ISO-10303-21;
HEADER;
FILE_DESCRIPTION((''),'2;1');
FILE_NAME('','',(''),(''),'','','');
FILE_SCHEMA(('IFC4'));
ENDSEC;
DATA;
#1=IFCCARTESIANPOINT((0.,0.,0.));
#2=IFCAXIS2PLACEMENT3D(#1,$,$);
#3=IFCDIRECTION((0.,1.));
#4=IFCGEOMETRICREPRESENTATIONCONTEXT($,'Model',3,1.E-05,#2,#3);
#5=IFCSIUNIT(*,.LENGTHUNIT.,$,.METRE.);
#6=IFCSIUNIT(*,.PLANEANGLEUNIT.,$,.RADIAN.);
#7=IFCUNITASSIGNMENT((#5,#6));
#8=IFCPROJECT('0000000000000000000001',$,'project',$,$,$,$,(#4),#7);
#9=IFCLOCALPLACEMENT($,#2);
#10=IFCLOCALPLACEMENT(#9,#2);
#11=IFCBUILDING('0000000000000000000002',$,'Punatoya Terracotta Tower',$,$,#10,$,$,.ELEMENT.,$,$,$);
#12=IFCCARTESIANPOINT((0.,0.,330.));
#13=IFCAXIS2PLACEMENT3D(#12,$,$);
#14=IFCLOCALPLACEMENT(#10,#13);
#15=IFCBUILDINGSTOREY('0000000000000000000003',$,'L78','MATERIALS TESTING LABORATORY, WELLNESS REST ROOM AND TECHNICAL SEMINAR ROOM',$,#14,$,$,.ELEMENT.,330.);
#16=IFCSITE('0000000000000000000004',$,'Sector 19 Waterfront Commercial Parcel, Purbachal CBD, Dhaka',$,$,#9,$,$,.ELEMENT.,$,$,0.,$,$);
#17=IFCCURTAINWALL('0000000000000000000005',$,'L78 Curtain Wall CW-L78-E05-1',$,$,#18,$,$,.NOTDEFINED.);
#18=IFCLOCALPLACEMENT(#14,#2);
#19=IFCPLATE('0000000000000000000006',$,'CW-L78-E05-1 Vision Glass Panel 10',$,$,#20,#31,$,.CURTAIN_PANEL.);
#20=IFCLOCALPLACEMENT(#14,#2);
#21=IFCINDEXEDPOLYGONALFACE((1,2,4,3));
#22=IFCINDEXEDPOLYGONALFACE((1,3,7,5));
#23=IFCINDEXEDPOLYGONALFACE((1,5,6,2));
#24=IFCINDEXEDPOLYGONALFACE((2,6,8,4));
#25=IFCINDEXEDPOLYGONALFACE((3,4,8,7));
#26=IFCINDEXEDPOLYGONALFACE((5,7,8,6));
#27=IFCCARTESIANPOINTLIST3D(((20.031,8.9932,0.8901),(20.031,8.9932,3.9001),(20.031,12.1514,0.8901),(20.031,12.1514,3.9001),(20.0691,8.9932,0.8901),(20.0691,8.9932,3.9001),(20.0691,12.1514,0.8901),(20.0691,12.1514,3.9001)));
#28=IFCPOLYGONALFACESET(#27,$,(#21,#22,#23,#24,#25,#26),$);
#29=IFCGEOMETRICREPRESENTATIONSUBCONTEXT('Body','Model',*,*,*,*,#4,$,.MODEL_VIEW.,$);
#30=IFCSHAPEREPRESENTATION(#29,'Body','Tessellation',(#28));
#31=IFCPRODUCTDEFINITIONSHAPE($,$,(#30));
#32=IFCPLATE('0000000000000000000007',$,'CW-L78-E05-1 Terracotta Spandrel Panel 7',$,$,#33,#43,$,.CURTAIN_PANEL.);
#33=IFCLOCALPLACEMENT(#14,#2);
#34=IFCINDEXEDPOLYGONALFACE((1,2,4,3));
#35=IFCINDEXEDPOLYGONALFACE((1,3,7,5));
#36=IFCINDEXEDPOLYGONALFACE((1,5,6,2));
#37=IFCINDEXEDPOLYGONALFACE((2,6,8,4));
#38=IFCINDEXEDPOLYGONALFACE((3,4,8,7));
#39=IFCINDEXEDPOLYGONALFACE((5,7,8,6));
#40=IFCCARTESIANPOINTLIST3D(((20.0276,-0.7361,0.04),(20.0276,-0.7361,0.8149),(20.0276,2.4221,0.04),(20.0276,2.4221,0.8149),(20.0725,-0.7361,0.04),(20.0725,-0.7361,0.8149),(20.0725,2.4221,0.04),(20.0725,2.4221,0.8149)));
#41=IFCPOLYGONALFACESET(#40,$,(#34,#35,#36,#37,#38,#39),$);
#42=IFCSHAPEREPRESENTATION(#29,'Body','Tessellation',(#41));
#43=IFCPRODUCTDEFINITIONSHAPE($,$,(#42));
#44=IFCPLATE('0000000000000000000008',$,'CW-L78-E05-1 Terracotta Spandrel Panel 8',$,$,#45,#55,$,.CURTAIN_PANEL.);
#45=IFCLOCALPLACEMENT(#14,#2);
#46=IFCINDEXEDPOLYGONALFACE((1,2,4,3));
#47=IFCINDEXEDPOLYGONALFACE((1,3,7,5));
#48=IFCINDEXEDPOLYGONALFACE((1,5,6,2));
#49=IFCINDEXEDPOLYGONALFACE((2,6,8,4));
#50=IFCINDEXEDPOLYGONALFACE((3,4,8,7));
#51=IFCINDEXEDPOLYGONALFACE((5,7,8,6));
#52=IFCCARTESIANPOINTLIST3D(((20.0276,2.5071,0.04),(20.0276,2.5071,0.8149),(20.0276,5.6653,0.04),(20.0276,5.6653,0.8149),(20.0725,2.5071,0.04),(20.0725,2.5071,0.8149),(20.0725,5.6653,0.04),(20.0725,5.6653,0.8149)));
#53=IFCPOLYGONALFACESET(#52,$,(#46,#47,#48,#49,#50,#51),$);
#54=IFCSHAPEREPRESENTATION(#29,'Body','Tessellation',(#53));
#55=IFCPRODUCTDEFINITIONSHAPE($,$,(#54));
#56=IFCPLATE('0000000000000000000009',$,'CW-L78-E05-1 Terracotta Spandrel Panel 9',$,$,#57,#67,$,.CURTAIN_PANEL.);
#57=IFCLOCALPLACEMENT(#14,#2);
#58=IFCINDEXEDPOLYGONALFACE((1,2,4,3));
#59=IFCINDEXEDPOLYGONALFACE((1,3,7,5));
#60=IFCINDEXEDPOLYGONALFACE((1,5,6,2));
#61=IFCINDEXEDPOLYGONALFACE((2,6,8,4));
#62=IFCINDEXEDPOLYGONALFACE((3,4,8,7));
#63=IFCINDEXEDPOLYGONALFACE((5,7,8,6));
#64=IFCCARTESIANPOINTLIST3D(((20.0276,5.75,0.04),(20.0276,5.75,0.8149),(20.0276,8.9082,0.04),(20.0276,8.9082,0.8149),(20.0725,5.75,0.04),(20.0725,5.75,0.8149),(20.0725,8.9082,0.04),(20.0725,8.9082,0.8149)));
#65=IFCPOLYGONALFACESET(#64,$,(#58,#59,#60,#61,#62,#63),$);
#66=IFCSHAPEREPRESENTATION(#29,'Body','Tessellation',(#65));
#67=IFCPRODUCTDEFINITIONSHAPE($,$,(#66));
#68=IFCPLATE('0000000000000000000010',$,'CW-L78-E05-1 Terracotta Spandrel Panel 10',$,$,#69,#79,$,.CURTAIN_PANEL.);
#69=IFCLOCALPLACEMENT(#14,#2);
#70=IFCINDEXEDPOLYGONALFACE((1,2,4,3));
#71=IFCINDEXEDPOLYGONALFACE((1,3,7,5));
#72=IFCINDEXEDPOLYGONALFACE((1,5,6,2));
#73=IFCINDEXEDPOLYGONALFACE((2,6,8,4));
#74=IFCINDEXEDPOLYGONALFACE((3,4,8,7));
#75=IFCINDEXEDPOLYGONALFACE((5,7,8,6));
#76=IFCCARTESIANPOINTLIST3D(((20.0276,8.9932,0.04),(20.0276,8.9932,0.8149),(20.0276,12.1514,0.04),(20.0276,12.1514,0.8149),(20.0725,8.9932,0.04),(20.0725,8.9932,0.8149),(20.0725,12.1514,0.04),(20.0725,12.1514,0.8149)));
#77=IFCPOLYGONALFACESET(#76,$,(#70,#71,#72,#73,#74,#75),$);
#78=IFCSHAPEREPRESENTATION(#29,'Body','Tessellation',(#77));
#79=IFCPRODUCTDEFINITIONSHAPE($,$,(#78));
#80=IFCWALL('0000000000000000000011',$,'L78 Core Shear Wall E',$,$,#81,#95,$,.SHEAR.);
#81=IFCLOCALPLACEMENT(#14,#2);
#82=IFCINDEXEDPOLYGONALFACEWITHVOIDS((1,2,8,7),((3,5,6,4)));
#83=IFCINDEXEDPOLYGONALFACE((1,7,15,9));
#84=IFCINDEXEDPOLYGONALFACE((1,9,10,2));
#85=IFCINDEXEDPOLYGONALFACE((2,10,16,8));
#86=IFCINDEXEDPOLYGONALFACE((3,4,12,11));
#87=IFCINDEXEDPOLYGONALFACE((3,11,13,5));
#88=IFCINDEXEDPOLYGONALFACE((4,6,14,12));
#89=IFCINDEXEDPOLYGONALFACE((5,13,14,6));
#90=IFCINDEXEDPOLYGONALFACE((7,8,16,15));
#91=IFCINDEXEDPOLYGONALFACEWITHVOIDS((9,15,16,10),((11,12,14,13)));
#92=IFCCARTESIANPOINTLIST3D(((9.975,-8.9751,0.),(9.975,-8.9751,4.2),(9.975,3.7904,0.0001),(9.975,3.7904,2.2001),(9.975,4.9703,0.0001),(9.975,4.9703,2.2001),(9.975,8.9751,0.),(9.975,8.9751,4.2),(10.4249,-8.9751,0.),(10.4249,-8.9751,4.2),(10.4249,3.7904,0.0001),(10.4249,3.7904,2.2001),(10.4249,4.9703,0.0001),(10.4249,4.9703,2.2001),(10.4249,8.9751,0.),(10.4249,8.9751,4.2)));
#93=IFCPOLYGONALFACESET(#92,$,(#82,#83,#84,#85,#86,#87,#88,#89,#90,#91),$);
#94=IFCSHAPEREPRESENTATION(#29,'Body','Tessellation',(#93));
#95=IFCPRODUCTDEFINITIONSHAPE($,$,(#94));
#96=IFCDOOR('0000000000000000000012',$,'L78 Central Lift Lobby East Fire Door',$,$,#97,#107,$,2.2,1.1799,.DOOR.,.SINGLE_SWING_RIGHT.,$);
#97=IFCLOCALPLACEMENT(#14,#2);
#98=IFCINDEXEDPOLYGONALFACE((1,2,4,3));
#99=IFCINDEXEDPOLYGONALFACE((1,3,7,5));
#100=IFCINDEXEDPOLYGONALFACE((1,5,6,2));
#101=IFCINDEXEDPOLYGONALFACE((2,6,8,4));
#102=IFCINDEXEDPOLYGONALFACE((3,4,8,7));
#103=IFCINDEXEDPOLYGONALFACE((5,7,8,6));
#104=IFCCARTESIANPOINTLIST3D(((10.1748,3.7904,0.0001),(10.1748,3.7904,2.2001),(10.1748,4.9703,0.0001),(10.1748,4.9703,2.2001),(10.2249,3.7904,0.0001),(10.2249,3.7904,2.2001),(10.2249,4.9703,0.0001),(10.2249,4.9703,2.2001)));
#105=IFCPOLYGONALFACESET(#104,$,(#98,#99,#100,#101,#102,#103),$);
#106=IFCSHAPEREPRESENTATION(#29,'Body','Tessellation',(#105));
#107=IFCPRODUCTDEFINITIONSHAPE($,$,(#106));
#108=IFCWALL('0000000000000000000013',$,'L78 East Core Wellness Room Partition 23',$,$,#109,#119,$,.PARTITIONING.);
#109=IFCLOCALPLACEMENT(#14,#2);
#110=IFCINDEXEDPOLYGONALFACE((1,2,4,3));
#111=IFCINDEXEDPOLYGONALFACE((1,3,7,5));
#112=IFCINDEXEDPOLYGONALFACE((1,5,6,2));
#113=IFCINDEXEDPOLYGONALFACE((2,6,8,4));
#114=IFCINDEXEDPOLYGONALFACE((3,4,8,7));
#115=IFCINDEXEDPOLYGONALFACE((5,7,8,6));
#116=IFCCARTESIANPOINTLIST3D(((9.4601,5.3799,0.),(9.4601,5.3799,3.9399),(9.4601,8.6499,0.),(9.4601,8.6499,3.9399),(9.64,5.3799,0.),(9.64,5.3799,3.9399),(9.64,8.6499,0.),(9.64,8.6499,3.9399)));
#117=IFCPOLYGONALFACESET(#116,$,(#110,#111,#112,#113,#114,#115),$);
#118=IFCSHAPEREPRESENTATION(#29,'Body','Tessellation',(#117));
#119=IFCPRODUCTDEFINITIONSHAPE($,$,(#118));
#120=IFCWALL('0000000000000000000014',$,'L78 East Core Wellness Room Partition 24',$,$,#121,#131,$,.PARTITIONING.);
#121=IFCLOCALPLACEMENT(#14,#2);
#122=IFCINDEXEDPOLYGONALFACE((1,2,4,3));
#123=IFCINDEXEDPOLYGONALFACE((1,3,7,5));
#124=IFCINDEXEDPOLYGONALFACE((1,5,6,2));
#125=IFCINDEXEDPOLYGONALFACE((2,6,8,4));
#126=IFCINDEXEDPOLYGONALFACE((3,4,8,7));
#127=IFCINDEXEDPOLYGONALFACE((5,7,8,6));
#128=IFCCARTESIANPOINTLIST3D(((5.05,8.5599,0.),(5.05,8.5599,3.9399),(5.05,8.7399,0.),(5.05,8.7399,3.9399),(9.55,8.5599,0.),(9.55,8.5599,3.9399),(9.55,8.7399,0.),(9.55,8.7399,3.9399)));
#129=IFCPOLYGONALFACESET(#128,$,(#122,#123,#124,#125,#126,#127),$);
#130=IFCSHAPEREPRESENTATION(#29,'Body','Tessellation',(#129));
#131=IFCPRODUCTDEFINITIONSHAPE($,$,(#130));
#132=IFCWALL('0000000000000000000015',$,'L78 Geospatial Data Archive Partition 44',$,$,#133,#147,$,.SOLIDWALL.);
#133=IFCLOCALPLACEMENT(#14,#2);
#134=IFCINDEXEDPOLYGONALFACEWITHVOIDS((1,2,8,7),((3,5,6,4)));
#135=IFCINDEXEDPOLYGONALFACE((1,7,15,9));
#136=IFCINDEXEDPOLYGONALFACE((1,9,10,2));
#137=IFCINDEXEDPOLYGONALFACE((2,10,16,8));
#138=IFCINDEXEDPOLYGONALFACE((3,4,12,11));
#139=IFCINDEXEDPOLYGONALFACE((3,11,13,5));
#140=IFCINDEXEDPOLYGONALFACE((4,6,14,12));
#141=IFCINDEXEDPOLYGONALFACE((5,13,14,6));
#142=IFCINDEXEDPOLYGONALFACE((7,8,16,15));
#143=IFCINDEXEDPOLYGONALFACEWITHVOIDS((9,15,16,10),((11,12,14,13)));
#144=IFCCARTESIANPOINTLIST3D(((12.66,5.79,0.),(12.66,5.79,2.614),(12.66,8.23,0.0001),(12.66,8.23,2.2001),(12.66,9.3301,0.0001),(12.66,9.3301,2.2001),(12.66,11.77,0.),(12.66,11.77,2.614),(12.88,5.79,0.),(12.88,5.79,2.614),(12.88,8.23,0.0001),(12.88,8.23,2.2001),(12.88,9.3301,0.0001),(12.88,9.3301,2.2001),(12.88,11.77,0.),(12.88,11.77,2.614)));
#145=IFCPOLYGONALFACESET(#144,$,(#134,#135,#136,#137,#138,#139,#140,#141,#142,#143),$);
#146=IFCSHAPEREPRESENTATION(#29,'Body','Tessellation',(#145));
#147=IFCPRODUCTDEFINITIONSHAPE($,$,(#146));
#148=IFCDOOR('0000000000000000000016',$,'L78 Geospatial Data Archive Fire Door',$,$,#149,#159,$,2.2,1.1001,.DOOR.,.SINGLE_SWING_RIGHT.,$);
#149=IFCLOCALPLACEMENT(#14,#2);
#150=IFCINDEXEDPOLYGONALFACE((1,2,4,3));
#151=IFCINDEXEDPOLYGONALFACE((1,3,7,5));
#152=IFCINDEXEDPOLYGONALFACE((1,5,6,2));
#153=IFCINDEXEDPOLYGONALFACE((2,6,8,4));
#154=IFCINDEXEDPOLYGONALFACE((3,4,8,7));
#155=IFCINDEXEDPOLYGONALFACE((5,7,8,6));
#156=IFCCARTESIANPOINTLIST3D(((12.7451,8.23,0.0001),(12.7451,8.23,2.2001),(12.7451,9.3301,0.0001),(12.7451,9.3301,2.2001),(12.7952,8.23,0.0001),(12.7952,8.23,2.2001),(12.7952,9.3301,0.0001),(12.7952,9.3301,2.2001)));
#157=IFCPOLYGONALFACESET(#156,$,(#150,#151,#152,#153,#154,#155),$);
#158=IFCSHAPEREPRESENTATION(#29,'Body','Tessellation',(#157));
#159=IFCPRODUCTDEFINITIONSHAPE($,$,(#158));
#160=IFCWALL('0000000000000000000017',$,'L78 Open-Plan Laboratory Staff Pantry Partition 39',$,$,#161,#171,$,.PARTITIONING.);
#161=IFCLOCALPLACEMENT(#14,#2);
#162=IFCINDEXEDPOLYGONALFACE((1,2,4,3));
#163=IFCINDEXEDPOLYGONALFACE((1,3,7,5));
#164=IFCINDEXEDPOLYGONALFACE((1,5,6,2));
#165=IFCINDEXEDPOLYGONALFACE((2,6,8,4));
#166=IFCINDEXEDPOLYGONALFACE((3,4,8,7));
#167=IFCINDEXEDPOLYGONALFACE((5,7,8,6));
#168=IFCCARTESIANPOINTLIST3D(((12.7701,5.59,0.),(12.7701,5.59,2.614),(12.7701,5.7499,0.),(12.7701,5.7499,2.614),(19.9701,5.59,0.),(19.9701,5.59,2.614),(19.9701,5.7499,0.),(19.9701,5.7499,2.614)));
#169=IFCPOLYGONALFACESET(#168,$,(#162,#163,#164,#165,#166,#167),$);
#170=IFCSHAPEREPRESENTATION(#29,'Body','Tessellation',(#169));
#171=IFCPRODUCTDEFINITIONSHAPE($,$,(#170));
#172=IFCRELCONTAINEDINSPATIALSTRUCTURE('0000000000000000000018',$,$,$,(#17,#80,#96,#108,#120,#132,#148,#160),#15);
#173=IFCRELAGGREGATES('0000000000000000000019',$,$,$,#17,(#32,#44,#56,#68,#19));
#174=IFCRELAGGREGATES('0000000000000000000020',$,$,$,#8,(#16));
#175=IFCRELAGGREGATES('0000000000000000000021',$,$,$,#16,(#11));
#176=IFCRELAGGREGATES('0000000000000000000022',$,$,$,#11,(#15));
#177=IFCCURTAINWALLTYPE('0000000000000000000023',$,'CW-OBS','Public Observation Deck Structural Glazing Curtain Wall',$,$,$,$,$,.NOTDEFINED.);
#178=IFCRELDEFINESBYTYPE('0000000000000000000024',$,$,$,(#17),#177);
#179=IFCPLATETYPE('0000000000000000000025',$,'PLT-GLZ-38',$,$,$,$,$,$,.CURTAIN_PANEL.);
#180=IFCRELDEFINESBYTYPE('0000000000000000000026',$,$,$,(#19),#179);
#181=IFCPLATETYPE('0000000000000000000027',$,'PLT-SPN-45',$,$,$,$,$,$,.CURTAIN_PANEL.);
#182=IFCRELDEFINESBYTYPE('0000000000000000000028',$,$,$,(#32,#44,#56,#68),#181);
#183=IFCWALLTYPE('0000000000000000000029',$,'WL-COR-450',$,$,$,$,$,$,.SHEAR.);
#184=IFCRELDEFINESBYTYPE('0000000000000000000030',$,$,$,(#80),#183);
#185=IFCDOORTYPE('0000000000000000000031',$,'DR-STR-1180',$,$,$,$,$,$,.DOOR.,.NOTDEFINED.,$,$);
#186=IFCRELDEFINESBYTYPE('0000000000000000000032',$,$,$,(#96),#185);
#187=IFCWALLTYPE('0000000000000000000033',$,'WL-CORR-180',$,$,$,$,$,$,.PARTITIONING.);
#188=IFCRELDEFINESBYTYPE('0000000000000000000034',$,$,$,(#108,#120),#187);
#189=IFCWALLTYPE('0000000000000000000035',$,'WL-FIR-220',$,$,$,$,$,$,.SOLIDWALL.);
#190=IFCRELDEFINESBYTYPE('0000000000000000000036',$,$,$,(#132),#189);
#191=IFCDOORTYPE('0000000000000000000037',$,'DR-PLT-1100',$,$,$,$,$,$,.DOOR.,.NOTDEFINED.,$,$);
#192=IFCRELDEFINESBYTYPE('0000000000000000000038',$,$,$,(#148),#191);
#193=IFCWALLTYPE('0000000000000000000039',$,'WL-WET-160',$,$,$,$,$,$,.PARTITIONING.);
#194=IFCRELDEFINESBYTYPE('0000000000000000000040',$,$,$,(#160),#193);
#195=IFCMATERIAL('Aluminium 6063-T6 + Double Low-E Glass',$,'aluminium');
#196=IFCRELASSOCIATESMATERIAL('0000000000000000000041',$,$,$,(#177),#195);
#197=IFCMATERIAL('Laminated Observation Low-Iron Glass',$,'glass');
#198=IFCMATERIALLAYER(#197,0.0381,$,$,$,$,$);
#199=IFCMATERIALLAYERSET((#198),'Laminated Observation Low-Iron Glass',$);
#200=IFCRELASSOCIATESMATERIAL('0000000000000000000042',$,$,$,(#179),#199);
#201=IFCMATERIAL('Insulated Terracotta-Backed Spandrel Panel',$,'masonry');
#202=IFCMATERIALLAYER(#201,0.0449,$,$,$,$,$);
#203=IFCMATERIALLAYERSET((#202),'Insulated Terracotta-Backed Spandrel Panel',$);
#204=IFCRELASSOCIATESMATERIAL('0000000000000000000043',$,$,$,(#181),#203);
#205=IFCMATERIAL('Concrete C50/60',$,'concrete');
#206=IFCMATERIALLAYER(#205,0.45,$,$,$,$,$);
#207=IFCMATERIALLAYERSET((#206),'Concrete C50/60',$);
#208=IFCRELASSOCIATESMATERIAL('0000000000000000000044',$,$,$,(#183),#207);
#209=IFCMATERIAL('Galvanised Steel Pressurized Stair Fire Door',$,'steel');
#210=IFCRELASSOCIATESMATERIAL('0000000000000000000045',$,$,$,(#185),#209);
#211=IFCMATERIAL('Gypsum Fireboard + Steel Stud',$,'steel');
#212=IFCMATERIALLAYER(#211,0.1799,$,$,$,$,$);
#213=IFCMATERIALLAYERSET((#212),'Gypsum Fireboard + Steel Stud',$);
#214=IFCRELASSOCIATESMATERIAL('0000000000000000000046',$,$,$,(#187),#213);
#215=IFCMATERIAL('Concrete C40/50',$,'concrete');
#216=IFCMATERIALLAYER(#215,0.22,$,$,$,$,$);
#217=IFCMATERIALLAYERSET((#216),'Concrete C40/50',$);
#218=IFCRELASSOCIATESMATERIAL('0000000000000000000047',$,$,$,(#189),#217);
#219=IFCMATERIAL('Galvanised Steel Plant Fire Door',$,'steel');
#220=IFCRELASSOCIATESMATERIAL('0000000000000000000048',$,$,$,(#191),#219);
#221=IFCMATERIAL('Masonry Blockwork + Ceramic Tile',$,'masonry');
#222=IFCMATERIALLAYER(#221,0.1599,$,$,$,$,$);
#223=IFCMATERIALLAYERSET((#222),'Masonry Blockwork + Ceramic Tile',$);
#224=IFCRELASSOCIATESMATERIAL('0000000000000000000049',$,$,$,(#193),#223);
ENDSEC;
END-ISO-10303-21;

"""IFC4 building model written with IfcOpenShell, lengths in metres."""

from ifc_helpers import new_model, si_unit, direction, frame, frame_2d, origin, origin_2d, place, context, subcontext, project, spatial, rectangle, extrude, material, layer, layer_set, type_object, element, fill, aggregate, save


model = new_model("IFC4")

# Units and contexts
model_context = context("Model", 3, precision=1e-05, world=origin(), true_north=direction((0.0, 1.0)))
body_context = subcontext(model_context, "Body", "Model", "MODEL_VIEW")
ifc_project = project(units=[si_unit("LENGTHUNIT", "METRE"), si_unit("PLANEANGLEUNIT", "RADIAN")], contexts=[model_context])

# Site, building, storey
site_placement = place(None, origin())
site = spatial("IfcSite", under=ifc_project, at=site_placement, Name="Sector 19 Waterfront Commercial Parcel, Purbachal CBD, Dhaka", CompositionType="ELEMENT", RefElevation=0.0)
building_placement = place(site_placement, origin())
building = spatial("IfcBuilding", under=site, at=building_placement, Name="Punatoya Terracotta Tower", CompositionType="ELEMENT")
storey_placement = place(building_placement, frame((0.0, 0.0, 330.0)))
storey = spatial("IfcBuildingStorey", under=building, at=storey_placement, Name="L78", Description="MATERIALS TESTING LABORATORY, WELLNESS REST ROOM AND TECHNICAL SEMINAR ROOM", CompositionType="ELEMENT", Elevation=330.0)

# Curtain wall, plates
ifc_material_1 = material(Name="Aluminium 6063-T6 + Double Low-E Glass", Category="aluminium")
curtain_wall_type = type_object("IfcCurtainWallType", Name="CW-OBS", Description="Public Observation Deck Structural Glazing Curtain Wall", PredefinedType="NOTDEFINED", material=ifc_material_1)
curtain_wall_placement = place(storey_placement, origin())
curtain_wall = element("IfcCurtainWall", 1, at=curtain_wall_placement, inside=storey, type_object=curtain_wall_type, Name="L78 Curtain Wall CW-L78-E05-1", PredefinedType="NOTDEFINED")
ifc_material_2 = material(Name="Laminated Observation Low-Iron Glass", Category="glass")
ifc_layer_1 = layer(ifc_material_2, 0.0381)
ifc_layer_set_1 = layer_set([ifc_layer_1], Name="Laminated Observation Low-Iron Glass")
plate_type_1 = type_object("IfcPlateType", Name="PLT-GLZ-38", PredefinedType="CURTAIN_PANEL", material=ifc_layer_set_1)
plate_1_placement = place(storey_placement, frame((20.05, 10.5723, 0.8901), z_axis=(0.0, 0.0, 1.0), x_axis=(0.0, 1.0, 0.0)))
plate_1 = element("IfcPlate", 2, at=plate_1_placement, type_object=plate_type_1, Name="CW-L78-E05-1 Vision Glass Panel 10", PredefinedType="CURTAIN_PANEL", context=body_context, shape_type="SweptSolid", body=[
    extrude(rectangle(XDim=3.1582, YDim=0.0381, at=origin_2d()), origin(), (0.0, 0.0, 1.0), 3.01),
])
ifc_material_3 = material(Name="Insulated Terracotta-Backed Spandrel Panel", Category="masonry")
ifc_layer_2 = layer(ifc_material_3, 0.0449)
ifc_layer_set_2 = layer_set([ifc_layer_2], Name="Insulated Terracotta-Backed Spandrel Panel")
plate_type_2 = type_object("IfcPlateType", Name="PLT-SPN-45", PredefinedType="CURTAIN_PANEL", material=ifc_layer_set_2)
plate_2_placement = place(storey_placement, frame((20.05, 0.843, 0.04), z_axis=(0.0, 0.0, 1.0), x_axis=(0.0, 1.0, 0.0)))
plate_2 = element("IfcPlate", 3, at=plate_2_placement, type_object=plate_type_2, Name="CW-L78-E05-1 Terracotta Spandrel Panel 7", PredefinedType="CURTAIN_PANEL", context=body_context, shape_type="SweptSolid", body=[
    extrude(rectangle(XDim=3.1582, YDim=0.0449, at=origin_2d()), origin(), (0.0, 0.0, 1.0), 0.7749),
])
plate_3_placement = place(storey_placement, frame((20.05, 4.0862, 0.04), z_axis=(0.0, 0.0, 1.0), x_axis=(0.0, 1.0, 0.0)))
plate_3 = element("IfcPlate", 4, at=plate_3_placement, type_object=plate_type_2, Name="CW-L78-E05-1 Terracotta Spandrel Panel 8", PredefinedType="CURTAIN_PANEL", context=body_context, shape_type="SweptSolid", body=[
    extrude(rectangle(XDim=3.1582, YDim=0.0449, at=origin_2d()), origin(), (0.0, 0.0, 1.0), 0.7749),
])
plate_4_placement = place(storey_placement, frame((20.05, 7.3291, 0.04), z_axis=(0.0, 0.0, 1.0), x_axis=(0.0, 1.0, 0.0)))
plate_4 = element("IfcPlate", 5, at=plate_4_placement, type_object=plate_type_2, Name="CW-L78-E05-1 Terracotta Spandrel Panel 9", PredefinedType="CURTAIN_PANEL", context=body_context, shape_type="SweptSolid", body=[
    extrude(rectangle(XDim=3.1582, YDim=0.0449, at=origin_2d()), origin(), (0.0, 0.0, 1.0), 0.7749),
])
plate_5_placement = place(storey_placement, frame((20.05, 10.5723, 0.04), z_axis=(0.0, 0.0, 1.0), x_axis=(0.0, 1.0, 0.0)))
plate_5 = element("IfcPlate", 6, at=plate_5_placement, type_object=plate_type_2, Name="CW-L78-E05-1 Terracotta Spandrel Panel 10", PredefinedType="CURTAIN_PANEL", context=body_context, shape_type="SweptSolid", body=[
    extrude(rectangle(XDim=3.1582, YDim=0.0449, at=origin_2d()), origin(), (0.0, 0.0, 1.0), 0.7749),
])
aggregate(curtain_wall, [plate_2, plate_3, plate_4, plate_5, plate_1])

# Wall, opening, door
ifc_material_4 = material(Name="Concrete C50/60", Category="concrete")
ifc_layer_3 = layer(ifc_material_4, 0.45)
ifc_layer_set_3 = layer_set([ifc_layer_3], Name="Concrete C50/60")
wall_type_1 = type_object("IfcWallType", Name="WL-COR-450", PredefinedType="SHEAR", material=ifc_layer_set_3)
wall_1_placement = place(storey_placement, frame((10.2, 8.9751, 0.0), z_axis=(0.0, 0.0, 1.0), x_axis=(0.0, -1.0, 0.0)))
wall_1 = element("IfcWall", 7, at=wall_1_placement, inside=storey, type_object=wall_type_1, Name="L78 Core Shear Wall E", PredefinedType="SHEAR", context=body_context, shape_type="SweptSolid", body=[
    extrude(rectangle(XDim=17.9502, YDim=0.45, at=frame_2d((8.9751, 0.0))), origin(), (0.0, 0.0, 1.0), 4.2),
])
opening_1_placement = place(wall_1_placement, frame((4.0049, 0.0, 0.0)))
opening_1 = element("IfcOpeningElement", 8, at=opening_1_placement, cuts=wall_1, PredefinedType="OPENING", context=body_context, shape_type="SweptSolid", body=[
    extrude(rectangle(XDim=1.1799, YDim=2.2, at=frame_2d((0.5898, 1.1001))), frame((0.0, 0.2349, 0.0), z_axis=(0.0, -1.0, 0.0), x_axis=(1.0, 0.0, 0.0)), (0.0, 0.0, 1.0), 0.47),
])
ifc_material_5 = material(Name="Galvanised Steel Pressurized Stair Fire Door", Category="steel")
door_type_1 = type_object("IfcDoorType", Name="DR-STR-1180", OperationType="NOTDEFINED", PredefinedType="DOOR", material=ifc_material_5)
door_1_placement = place(opening_1_placement, origin())
door_1 = element("IfcDoor", 9, at=door_1_placement, inside=storey, type_object=door_type_1, Name="L78 Central Lift Lobby East Fire Door", OperationType="SINGLE_SWING_RIGHT", OverallHeight=2.2, OverallWidth=1.1799, PredefinedType="DOOR", context=body_context, shape_type="SweptSolid", body=[
    extrude(rectangle(XDim=1.1799, YDim=2.2, at=frame_2d((0.5898, 1.1001))), frame((0.0, 0.0249, 0.0), z_axis=(0.0, -1.0, 0.0), x_axis=(1.0, 0.0, 0.0)), (0.0, 0.0, 1.0), 0.05),
])
fill(opening_1, door_1)

# Walls
ifc_material_6 = material(Name="Gypsum Fireboard + Steel Stud", Category="steel")
ifc_layer_4 = layer(ifc_material_6, 0.1799)
ifc_layer_set_4 = layer_set([ifc_layer_4], Name="Gypsum Fireboard + Steel Stud")
wall_type_2 = type_object("IfcWallType", Name="WL-CORR-180", PredefinedType="PARTITIONING", material=ifc_layer_set_4)
wall_2_placement = place(storey_placement, frame((9.55, 5.3799, 0.0), z_axis=(0.0, 0.0, 1.0), x_axis=(0.0, 1.0, 0.0)))
element("IfcWall", 10, at=wall_2_placement, inside=storey, type_object=wall_type_2, Name="L78 East Core Wellness Room Partition 23", PredefinedType="PARTITIONING", context=body_context, shape_type="SweptSolid", body=[
    extrude(rectangle(XDim=3.27, YDim=0.1799, at=frame_2d((1.635, 0.0))), origin(), (0.0, 0.0, 1.0), 3.9399),
])
wall_3_placement = place(storey_placement, frame((9.55, 8.6499, 0.0), z_axis=(0.0, 0.0, 1.0), x_axis=(-1.0, 0.0, 0.0)))
element("IfcWall", 11, at=wall_3_placement, inside=storey, type_object=wall_type_2, Name="L78 East Core Wellness Room Partition 24", PredefinedType="PARTITIONING", context=body_context, shape_type="SweptSolid", body=[
    extrude(rectangle(XDim=4.5, YDim=0.1799, at=frame_2d((2.25, 0.0))), origin(), (0.0, 0.0, 1.0), 3.9399),
])

# Wall, opening, door
ifc_material_7 = material(Name="Concrete C40/50", Category="concrete")
ifc_layer_5 = layer(ifc_material_7, 0.22)
ifc_layer_set_5 = layer_set([ifc_layer_5], Name="Concrete C40/50")
wall_type_3 = type_object("IfcWallType", Name="WL-FIR-220", PredefinedType="SOLIDWALL", material=ifc_layer_set_5)
wall_4_placement = place(storey_placement, frame((12.77, 5.79, 0.0), z_axis=(0.0, 0.0, 1.0), x_axis=(0.0, 1.0, 0.0)))
wall_4 = element("IfcWall", 12, at=wall_4_placement, inside=storey, type_object=wall_type_3, Name="L78 Geospatial Data Archive Partition 44", PredefinedType="SOLIDWALL", context=body_context, shape_type="SweptSolid", body=[
    extrude(rectangle(XDim=5.98, YDim=0.22, at=frame_2d((2.99, 0.0))), origin(), (0.0, 0.0, 1.0), 2.614),
])
opening_2_placement = place(wall_4_placement, frame((2.4399, 0.0, 0.0)))
opening_2 = element("IfcOpeningElement", 13, at=opening_2_placement, cuts=wall_4, PredefinedType="OPENING", context=body_context, shape_type="SweptSolid", body=[
    extrude(rectangle(XDim=1.1001, YDim=2.2, at=frame_2d((0.55, 1.1001))), frame((0.0, 0.1199, 0.0), z_axis=(0.0, -1.0, 0.0), x_axis=(1.0, 0.0, 0.0)), (0.0, 0.0, 1.0), 0.24),
])
ifc_material_8 = material(Name="Galvanised Steel Plant Fire Door", Category="steel")
door_type_2 = type_object("IfcDoorType", Name="DR-PLT-1100", OperationType="NOTDEFINED", PredefinedType="DOOR", material=ifc_material_8)
door_2_placement = place(opening_2_placement, origin())
door_2 = element("IfcDoor", 14, at=door_2_placement, inside=storey, type_object=door_type_2, Name="L78 Geospatial Data Archive Fire Door", OperationType="SINGLE_SWING_RIGHT", OverallHeight=2.2, OverallWidth=1.1001, PredefinedType="DOOR", context=body_context, shape_type="SweptSolid", body=[
    extrude(rectangle(XDim=1.1001, YDim=2.2, at=frame_2d((0.55, 1.1001))), frame((0.0, 0.0249, 0.0), z_axis=(0.0, -1.0, 0.0), x_axis=(1.0, 0.0, 0.0)), (0.0, 0.0, 1.0), 0.05),
])
fill(opening_2, door_2)

# Wall
ifc_material_9 = material(Name="Masonry Blockwork + Ceramic Tile", Category="masonry")
ifc_layer_6 = layer(ifc_material_9, 0.1599)
ifc_layer_set_6 = layer_set([ifc_layer_6], Name="Masonry Blockwork + Ceramic Tile")
wall_type_4 = type_object("IfcWallType", Name="WL-WET-160", PredefinedType="PARTITIONING", material=ifc_layer_set_6)
wall_5_placement = place(storey_placement, frame((12.77, 5.6699, 0.0), z_axis=(0.0, 0.0, 1.0), x_axis=(1.0, 0.0, 0.0)))
element("IfcWall", 15, at=wall_5_placement, inside=storey, type_object=wall_type_4, Name="L78 Open-Plan Laboratory Staff Pantry Partition 39", PredefinedType="PARTITIONING", context=body_context, shape_type="SweptSolid", body=[
    extrude(rectangle(XDim=7.2, YDim=0.1599, at=frame_2d((3.6001, 0.0))), origin(), (0.0, 0.0, 1.0), 2.614),
])

save(model, "model.ifc")
